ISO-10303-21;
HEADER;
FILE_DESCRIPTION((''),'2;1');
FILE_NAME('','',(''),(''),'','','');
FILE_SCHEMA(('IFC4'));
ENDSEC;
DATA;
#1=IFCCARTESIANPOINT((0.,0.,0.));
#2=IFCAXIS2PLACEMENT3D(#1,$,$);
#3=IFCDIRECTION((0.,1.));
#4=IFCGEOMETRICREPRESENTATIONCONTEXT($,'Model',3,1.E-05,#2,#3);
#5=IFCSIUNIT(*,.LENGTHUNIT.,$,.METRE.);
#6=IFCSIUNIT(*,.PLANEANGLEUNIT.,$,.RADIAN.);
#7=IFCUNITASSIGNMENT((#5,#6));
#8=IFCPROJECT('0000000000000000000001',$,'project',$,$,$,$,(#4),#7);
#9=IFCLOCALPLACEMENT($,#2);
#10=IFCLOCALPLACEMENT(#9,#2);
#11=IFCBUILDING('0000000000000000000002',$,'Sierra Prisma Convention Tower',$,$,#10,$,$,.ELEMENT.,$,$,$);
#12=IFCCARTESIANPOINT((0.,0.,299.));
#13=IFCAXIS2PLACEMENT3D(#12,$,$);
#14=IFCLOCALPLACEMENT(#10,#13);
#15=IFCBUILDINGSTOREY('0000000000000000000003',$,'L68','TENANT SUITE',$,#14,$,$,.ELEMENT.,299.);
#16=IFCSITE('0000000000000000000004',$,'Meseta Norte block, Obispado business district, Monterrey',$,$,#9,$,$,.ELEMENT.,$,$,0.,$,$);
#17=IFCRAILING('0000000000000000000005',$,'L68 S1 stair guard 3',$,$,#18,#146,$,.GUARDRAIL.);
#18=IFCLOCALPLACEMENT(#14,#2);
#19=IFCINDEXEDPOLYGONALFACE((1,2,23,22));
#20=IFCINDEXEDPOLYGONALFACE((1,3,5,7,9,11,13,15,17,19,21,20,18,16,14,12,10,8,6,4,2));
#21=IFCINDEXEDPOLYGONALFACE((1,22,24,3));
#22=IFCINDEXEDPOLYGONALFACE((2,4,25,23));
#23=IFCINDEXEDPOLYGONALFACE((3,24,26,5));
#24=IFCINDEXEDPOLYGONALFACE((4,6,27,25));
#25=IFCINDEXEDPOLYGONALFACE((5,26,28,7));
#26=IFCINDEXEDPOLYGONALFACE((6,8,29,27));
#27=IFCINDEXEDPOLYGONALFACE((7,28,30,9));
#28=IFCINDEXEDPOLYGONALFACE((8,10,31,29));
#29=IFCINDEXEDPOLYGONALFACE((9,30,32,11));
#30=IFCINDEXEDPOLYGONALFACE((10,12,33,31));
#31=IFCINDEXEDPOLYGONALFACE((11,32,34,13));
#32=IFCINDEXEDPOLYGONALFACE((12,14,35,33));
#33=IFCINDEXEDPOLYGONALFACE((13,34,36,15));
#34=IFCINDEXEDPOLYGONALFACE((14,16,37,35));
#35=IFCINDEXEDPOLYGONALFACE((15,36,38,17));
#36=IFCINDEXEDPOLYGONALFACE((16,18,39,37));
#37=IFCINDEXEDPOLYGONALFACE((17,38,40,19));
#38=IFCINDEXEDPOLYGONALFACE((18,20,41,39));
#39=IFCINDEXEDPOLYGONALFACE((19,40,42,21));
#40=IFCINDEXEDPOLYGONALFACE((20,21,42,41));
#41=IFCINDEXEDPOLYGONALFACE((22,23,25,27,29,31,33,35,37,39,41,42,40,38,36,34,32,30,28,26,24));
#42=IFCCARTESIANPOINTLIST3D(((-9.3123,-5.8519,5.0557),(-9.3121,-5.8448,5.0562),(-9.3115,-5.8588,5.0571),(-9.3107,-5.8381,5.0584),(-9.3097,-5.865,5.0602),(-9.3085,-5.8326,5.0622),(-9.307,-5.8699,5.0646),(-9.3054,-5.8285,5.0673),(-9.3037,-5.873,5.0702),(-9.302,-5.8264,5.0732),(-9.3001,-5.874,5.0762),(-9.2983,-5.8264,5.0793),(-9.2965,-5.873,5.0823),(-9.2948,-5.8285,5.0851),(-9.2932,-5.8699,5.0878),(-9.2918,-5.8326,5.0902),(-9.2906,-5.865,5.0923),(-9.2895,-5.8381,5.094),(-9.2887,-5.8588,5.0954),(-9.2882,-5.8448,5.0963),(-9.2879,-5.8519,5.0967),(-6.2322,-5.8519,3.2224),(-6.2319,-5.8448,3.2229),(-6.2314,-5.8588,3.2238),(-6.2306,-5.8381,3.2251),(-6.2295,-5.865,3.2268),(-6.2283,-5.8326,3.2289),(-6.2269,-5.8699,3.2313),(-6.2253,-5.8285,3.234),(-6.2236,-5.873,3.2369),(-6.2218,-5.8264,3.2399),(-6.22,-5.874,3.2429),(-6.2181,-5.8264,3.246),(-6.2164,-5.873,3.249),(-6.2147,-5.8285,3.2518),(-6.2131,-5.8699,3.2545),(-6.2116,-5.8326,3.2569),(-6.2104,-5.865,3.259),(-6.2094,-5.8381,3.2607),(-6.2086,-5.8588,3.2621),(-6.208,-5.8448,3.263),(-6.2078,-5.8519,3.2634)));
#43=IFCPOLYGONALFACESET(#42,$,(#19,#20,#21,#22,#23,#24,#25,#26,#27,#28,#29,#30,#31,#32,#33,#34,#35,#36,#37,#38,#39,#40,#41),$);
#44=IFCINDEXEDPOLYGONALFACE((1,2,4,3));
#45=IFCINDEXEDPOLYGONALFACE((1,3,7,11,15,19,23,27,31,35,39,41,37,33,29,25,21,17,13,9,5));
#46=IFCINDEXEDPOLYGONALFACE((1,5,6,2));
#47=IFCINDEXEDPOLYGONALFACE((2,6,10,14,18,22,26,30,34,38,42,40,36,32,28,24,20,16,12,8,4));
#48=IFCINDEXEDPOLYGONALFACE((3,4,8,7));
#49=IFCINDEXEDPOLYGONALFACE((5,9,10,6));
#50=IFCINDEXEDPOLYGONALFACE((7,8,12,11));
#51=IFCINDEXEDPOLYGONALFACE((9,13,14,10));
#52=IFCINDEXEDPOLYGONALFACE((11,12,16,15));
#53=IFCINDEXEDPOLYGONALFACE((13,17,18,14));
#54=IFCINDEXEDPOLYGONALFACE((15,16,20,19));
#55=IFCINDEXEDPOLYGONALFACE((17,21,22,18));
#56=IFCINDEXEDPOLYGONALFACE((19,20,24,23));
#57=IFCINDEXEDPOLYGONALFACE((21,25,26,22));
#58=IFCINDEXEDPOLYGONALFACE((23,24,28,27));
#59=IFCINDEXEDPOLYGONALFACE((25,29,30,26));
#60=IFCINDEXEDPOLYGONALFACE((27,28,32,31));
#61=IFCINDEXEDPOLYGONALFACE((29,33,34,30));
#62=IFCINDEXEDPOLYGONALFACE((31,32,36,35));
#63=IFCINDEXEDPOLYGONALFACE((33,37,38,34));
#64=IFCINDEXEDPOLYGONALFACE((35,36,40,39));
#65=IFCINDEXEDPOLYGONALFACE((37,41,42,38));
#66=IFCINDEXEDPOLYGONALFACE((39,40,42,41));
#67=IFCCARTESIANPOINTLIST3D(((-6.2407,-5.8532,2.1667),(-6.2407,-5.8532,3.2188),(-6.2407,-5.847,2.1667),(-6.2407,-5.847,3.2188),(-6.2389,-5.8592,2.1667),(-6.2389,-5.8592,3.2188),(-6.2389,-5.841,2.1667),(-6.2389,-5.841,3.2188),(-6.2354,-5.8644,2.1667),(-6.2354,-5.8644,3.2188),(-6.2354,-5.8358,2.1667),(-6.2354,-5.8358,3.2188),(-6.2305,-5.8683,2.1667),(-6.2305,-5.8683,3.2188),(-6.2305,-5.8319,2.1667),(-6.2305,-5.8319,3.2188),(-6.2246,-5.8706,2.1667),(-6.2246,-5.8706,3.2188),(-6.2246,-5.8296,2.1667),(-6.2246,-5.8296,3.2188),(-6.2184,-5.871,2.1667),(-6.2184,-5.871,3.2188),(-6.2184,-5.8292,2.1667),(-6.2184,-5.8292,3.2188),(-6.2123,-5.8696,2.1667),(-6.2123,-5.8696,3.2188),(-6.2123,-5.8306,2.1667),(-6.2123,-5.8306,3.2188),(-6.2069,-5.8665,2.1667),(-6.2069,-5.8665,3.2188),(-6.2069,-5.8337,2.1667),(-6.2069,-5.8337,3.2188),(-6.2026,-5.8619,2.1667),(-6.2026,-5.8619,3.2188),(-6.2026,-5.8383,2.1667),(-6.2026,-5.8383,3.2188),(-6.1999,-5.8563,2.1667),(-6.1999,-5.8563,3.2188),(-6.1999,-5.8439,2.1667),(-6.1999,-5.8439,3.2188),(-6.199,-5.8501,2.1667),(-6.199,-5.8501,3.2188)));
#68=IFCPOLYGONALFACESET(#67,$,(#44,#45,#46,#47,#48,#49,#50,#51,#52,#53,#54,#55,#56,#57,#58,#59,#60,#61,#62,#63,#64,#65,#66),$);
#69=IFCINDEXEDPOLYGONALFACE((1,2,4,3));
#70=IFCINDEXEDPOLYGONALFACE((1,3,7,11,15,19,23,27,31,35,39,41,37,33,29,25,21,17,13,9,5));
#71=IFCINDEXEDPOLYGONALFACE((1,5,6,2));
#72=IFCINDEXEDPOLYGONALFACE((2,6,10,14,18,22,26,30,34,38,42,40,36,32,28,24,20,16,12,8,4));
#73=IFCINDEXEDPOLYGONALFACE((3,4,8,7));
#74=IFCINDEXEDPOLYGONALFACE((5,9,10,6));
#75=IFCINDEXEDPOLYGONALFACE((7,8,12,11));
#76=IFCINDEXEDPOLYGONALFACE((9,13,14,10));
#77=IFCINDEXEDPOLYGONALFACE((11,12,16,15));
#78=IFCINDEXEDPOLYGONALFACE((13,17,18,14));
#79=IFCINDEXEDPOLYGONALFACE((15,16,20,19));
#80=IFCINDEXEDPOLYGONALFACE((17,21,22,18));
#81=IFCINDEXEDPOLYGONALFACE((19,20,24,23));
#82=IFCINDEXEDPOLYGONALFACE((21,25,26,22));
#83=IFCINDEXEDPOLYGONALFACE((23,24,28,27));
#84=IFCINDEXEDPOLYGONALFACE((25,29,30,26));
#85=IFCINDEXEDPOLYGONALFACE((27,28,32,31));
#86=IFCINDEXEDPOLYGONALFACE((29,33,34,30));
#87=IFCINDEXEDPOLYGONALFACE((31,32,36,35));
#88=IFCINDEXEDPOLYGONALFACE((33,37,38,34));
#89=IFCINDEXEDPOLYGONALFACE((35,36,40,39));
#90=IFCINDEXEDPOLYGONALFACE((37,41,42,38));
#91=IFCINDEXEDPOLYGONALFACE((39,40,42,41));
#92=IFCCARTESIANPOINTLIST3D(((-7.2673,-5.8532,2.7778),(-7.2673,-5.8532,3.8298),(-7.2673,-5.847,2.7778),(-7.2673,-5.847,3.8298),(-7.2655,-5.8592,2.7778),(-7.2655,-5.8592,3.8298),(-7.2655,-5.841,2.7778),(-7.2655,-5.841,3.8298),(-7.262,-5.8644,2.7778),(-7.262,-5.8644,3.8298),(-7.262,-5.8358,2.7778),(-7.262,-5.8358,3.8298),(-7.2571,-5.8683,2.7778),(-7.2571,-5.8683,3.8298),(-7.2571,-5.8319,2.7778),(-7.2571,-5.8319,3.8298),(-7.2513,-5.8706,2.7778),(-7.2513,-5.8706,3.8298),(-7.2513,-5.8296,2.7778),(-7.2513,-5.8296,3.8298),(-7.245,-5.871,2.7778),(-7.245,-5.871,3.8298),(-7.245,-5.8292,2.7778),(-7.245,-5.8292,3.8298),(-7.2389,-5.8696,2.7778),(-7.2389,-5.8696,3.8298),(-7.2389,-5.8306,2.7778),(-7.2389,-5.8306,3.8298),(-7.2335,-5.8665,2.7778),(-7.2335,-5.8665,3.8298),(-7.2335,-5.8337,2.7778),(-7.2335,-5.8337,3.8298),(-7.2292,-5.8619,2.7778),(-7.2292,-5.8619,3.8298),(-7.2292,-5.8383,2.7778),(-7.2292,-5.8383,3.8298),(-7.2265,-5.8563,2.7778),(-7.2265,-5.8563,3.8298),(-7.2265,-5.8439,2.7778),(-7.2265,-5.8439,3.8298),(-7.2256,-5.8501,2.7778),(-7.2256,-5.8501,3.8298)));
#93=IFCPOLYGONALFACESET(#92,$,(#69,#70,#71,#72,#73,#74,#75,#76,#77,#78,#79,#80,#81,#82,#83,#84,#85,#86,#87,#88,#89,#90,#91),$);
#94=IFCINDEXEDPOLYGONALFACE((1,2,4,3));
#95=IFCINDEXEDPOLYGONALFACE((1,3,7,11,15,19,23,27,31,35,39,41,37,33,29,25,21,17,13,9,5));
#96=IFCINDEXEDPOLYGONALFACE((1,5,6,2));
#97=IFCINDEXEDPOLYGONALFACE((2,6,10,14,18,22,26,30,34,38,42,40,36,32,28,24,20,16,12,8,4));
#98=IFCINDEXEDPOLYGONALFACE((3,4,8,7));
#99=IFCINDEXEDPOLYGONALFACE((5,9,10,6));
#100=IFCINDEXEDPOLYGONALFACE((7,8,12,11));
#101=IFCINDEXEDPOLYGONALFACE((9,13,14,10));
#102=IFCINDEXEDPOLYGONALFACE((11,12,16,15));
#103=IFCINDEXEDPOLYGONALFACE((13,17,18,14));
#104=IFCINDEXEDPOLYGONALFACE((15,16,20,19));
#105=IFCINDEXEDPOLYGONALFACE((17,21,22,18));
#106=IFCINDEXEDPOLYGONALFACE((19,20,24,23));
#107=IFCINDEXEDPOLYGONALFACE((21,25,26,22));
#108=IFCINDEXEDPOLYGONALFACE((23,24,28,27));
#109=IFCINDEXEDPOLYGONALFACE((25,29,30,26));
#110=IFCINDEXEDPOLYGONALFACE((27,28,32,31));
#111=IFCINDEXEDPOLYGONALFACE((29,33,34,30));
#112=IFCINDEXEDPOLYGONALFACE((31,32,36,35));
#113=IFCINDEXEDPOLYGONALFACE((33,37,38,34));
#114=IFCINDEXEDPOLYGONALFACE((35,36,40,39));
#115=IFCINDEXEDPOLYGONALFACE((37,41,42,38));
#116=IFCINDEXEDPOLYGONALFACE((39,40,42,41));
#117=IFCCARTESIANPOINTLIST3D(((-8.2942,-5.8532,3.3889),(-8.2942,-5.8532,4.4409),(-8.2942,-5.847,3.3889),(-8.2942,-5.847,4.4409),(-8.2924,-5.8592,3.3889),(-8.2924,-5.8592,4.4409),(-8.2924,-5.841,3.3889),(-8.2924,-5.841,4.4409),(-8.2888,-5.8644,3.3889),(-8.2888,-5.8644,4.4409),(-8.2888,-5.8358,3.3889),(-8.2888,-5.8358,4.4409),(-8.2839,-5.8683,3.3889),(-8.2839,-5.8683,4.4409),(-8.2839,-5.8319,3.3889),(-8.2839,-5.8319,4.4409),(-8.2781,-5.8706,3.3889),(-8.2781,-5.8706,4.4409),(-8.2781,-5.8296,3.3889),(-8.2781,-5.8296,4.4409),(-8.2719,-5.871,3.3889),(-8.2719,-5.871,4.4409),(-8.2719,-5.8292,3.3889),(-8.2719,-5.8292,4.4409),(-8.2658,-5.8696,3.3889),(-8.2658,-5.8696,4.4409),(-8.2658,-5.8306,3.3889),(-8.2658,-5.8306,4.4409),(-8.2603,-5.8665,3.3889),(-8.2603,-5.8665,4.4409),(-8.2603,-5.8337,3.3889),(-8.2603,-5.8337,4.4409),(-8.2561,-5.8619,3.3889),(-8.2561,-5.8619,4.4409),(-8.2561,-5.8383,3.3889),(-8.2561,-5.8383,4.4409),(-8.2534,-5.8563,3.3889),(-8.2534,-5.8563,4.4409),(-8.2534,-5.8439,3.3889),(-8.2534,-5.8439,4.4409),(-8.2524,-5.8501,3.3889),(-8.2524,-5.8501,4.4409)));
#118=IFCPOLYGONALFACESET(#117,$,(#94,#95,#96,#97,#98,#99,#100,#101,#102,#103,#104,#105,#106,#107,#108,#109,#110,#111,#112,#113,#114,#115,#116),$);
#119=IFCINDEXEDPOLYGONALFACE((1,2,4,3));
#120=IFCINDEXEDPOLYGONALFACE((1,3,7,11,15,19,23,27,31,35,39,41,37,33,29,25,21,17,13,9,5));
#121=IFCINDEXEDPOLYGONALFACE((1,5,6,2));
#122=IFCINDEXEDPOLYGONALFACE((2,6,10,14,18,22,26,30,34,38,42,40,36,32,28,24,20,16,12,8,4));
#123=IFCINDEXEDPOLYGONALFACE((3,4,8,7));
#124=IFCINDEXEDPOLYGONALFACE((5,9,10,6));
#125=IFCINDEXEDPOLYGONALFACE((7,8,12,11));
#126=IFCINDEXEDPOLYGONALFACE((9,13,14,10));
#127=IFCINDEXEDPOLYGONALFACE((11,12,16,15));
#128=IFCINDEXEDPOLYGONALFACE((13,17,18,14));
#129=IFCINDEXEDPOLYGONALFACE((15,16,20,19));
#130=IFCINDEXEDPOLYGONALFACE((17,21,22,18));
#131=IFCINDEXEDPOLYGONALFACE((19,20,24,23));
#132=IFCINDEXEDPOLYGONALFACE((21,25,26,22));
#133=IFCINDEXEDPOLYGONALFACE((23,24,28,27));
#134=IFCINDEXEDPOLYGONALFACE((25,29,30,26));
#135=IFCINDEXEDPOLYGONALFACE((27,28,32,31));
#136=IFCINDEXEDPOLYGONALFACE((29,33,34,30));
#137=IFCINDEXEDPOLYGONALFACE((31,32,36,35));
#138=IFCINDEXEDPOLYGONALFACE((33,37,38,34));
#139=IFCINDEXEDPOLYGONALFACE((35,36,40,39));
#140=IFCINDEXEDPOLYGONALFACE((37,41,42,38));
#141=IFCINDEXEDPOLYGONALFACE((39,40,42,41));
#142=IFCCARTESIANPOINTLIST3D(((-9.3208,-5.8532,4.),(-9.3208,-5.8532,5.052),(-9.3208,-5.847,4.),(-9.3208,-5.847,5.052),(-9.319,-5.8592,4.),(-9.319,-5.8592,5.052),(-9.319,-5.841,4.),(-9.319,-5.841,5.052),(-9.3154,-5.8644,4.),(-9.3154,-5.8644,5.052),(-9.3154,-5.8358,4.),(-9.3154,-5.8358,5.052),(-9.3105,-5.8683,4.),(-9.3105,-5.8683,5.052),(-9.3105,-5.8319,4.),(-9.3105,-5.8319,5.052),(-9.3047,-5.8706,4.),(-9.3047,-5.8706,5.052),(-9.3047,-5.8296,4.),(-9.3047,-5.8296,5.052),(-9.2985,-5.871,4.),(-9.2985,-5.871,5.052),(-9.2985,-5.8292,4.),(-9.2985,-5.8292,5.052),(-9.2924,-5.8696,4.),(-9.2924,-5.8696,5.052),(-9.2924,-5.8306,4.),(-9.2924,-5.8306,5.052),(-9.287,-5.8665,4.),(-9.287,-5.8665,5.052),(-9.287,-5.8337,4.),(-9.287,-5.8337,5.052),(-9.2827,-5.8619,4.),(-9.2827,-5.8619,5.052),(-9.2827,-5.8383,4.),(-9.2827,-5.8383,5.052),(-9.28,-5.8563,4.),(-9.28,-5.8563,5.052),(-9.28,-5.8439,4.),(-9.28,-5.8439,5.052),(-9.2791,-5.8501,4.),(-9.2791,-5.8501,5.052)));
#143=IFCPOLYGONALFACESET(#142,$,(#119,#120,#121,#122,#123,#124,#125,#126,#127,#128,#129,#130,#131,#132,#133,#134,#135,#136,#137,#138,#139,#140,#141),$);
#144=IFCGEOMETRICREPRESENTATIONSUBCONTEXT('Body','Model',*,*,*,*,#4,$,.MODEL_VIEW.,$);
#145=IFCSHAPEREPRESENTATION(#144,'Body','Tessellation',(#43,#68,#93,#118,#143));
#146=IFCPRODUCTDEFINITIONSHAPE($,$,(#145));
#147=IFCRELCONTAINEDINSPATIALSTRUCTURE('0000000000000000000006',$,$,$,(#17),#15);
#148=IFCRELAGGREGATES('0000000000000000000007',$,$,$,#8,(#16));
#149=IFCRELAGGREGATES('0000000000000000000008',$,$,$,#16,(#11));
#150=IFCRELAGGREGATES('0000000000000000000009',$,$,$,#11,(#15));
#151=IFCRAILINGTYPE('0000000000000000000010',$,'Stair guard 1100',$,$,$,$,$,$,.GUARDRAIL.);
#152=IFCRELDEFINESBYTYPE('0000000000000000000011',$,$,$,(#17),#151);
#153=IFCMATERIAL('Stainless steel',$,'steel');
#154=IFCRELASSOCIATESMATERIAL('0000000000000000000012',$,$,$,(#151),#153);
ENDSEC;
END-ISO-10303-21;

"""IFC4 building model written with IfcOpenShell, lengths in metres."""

from ifc_helpers import new_model, si_unit, direction, frame, origin, origin_2d, place, context, subcontext, project, spatial, circle, extrude, material, type_object, element, save


model = new_model("IFC4")

# Units and contexts
model_context = context("Model", 3, precision=1e-05, world=origin(), true_north=direction((0.0, 1.0)))
body_context = subcontext(model_context, "Body", "Model", "MODEL_VIEW")
ifc_project = project(units=[si_unit("LENGTHUNIT", "METRE"), si_unit("PLANEANGLEUNIT", "RADIAN")], contexts=[model_context])

# Site, building, storey
site_placement = place(None, origin())
site = spatial("IfcSite", under=ifc_project, at=site_placement, Name="Meseta Norte block, Obispado business district, Monterrey", CompositionType="ELEMENT", RefElevation=0.0)
building_placement = place(site_placement, origin())
building = spatial("IfcBuilding", under=site, at=building_placement, Name="Sierra Prisma Convention Tower", CompositionType="ELEMENT")
storey_placement = place(building_placement, frame((0.0, 0.0, 299.0)))
storey = spatial("IfcBuildingStorey", under=building, at=storey_placement, Name="L68", Description="TENANT SUITE", CompositionType="ELEMENT", Elevation=299.0)

# Railing
ifc_material_1 = material(Name="Stainless steel", Category="steel")
railing_type_1 = type_object("IfcRailingType", Name="Stair guard 1100", PredefinedType="GUARDRAIL", material=ifc_material_1)
railing_1_placement = place(storey_placement, frame((-6.22, -5.8501, 2.1667)))
element("IfcRailing", 1, at=railing_1_placement, inside=storey, type_object=railing_type_1, Name="L68 S1 stair guard 3", PredefinedType="GUARDRAIL", context=body_context, shape_type="SweptSolid", body=[
    extrude(circle(Radius=0.0239, at=origin_2d()), frame((0.0, 0.0, 1.0762), z_axis=(-0.859309, 0.0, 0.511458), x_axis=(0.0, -1.0, 0.0)), (0.0, 0.0, 1.0), 3.5845),
    extrude(circle(Radius=0.021, at=origin_2d()), origin(), (0.0, 0.0, 1.0), 1.052),
    extrude(circle(Radius=0.021, at=origin_2d()), frame((-1.0266, 0.0, 0.6111)), (0.0, 0.0, 1.0), 1.052),
    extrude(circle(Radius=0.021, at=origin_2d()), frame((-2.0535, 0.0, 1.2222)), (0.0, 0.0, 1.0), 1.052),
    extrude(circle(Radius=0.021, at=origin_2d()), frame((-3.0801, 0.0, 1.8333)), (0.0, 0.0, 1.0), 1.052),
])

save(model, "model.ifc")
